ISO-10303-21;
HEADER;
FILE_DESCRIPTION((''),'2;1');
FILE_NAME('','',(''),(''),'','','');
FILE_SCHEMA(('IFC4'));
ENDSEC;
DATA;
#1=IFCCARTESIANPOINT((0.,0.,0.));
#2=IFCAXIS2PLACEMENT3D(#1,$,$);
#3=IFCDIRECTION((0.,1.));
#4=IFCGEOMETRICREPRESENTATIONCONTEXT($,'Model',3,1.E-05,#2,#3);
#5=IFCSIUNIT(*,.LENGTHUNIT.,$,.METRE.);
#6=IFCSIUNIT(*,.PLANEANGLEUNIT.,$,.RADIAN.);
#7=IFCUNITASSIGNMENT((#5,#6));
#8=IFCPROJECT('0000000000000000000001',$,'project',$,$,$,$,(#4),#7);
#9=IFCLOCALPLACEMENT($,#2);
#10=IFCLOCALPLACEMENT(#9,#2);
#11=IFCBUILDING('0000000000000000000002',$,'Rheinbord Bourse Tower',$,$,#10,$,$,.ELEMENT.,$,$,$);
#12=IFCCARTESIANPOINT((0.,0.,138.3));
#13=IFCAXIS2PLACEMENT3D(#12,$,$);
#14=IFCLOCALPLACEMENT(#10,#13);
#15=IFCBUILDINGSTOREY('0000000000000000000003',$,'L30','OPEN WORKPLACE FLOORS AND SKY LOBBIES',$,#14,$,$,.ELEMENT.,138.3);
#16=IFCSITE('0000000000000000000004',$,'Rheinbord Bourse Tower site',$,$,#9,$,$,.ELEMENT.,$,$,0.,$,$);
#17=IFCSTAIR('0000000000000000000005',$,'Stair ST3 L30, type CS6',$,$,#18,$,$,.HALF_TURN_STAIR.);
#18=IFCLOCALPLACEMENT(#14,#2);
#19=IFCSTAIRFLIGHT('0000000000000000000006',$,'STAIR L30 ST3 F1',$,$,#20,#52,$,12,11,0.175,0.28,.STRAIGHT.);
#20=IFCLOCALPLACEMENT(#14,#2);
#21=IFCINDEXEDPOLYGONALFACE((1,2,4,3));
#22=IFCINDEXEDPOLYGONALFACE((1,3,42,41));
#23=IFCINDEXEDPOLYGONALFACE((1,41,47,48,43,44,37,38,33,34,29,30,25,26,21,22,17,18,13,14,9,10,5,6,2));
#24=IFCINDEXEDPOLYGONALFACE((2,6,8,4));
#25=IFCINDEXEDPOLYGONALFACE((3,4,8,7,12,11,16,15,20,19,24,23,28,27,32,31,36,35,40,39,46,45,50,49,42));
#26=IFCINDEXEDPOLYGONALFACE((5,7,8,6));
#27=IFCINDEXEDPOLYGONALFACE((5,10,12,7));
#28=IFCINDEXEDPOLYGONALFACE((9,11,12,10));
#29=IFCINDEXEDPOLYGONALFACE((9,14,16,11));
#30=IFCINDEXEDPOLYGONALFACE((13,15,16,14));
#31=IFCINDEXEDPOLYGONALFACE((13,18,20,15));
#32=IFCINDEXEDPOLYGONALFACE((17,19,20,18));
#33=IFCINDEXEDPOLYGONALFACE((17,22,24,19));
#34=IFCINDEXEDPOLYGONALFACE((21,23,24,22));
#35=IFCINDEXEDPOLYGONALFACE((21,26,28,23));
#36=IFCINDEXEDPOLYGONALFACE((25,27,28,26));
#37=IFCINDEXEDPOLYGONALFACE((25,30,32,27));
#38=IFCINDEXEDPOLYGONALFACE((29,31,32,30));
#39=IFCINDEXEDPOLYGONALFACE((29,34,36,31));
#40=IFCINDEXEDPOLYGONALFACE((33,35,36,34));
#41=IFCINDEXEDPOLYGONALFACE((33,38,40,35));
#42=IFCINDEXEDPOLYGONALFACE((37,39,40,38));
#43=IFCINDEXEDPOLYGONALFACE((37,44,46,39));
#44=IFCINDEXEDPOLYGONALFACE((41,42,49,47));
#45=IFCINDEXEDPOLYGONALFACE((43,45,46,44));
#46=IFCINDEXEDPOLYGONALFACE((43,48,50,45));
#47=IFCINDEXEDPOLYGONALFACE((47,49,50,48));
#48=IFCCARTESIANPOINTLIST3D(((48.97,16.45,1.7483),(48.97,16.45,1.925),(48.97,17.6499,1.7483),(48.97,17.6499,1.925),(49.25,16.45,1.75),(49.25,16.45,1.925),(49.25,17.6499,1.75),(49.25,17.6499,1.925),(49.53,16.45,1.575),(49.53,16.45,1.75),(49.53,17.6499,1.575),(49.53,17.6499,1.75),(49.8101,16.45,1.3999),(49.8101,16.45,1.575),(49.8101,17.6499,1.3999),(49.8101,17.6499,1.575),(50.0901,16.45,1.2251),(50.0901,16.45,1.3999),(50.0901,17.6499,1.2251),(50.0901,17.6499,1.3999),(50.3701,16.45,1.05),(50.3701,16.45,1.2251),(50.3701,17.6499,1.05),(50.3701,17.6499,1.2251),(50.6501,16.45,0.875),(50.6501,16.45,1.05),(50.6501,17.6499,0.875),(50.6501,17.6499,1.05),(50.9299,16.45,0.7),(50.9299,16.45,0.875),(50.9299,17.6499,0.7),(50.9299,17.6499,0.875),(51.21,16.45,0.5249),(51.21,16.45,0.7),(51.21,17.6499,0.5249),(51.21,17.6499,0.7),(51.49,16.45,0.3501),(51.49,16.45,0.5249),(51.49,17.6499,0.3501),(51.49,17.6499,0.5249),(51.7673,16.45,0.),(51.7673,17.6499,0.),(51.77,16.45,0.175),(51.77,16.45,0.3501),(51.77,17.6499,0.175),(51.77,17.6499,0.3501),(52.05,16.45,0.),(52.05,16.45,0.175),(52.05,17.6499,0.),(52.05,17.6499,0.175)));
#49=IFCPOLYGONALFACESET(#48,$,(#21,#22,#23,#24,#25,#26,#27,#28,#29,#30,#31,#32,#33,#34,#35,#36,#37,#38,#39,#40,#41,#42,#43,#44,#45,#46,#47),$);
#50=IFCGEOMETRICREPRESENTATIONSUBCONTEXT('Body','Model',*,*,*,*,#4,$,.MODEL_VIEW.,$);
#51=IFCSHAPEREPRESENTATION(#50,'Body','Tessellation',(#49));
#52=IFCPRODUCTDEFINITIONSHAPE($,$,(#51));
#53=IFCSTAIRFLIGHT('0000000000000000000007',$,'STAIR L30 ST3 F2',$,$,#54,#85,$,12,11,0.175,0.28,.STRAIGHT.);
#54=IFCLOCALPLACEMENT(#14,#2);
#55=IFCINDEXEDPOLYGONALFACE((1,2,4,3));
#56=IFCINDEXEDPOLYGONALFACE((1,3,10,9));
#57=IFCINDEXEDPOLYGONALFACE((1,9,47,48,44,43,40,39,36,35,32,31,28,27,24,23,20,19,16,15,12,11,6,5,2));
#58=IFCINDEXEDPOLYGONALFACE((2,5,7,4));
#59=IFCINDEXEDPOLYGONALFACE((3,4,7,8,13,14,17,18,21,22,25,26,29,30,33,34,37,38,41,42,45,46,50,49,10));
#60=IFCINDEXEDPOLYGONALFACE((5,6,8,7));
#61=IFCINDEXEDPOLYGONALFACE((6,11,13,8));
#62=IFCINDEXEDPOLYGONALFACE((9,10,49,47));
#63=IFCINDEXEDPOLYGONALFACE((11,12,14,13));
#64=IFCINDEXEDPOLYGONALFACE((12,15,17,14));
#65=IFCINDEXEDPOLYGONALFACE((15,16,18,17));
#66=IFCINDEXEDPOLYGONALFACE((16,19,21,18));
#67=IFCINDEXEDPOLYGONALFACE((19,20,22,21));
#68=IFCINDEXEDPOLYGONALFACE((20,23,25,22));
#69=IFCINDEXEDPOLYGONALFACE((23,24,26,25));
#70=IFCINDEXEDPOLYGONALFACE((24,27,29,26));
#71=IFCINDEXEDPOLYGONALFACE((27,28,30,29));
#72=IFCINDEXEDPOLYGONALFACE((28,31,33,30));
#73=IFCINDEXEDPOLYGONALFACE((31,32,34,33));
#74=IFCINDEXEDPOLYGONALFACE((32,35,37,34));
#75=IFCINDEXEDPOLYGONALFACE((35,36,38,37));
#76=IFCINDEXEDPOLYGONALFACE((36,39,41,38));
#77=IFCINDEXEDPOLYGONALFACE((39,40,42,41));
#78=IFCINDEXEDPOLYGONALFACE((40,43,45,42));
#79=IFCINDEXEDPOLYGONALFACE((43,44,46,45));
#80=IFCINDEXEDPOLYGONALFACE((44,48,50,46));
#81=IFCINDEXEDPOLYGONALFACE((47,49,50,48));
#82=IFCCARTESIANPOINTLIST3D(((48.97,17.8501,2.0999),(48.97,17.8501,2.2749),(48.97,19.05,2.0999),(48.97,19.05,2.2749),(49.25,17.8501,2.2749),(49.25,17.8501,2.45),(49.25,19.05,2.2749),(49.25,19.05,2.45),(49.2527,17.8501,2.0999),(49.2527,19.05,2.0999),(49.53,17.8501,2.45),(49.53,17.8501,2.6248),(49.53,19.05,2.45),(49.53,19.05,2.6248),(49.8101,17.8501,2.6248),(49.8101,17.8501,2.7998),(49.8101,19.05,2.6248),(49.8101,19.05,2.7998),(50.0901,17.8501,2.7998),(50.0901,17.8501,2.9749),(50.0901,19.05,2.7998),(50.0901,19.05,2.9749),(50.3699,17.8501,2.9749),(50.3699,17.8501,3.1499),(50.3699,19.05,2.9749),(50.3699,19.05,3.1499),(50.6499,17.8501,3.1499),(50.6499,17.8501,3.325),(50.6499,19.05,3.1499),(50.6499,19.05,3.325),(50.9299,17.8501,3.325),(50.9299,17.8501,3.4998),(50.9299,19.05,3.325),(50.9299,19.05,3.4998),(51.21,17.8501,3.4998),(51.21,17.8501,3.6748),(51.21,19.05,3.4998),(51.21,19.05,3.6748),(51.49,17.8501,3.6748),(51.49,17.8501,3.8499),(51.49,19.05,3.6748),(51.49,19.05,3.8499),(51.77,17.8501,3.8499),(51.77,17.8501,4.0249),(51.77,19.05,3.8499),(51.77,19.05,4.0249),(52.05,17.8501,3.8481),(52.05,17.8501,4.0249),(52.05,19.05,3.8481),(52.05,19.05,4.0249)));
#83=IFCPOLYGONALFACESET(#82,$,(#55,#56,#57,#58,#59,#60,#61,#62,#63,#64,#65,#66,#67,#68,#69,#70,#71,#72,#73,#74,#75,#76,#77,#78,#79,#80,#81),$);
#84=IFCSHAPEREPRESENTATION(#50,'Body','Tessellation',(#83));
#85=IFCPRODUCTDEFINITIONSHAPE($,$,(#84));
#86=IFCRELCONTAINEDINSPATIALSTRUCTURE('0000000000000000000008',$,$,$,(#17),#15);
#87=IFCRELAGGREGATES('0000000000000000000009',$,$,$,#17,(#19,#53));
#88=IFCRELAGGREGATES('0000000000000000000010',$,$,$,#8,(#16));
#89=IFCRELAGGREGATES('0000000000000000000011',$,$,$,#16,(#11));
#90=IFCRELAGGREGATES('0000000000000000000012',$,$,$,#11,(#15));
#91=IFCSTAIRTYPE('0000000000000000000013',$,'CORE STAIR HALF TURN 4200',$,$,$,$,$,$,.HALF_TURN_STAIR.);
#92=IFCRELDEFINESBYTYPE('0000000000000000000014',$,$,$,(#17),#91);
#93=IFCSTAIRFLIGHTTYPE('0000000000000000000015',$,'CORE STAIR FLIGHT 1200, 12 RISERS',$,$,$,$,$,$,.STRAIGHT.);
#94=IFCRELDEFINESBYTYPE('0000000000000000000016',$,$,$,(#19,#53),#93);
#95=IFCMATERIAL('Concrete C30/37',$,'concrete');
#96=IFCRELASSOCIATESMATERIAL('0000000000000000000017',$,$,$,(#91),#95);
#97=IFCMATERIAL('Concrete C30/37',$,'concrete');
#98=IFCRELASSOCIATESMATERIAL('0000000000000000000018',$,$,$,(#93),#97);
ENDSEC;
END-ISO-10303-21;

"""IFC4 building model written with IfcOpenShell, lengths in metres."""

from ifc_helpers import new_model, si_unit, direction, frame, origin, place, context, subcontext, project, spatial, polyline, outline, extrude, material, type_object, element, aggregate, save


model = new_model("IFC4")

# Units and contexts
model_context = context("Model", 3, precision=1e-05, world=origin(), true_north=direction((0.0, 1.0)))
body_context = subcontext(model_context, "Body", "Model", "MODEL_VIEW")
ifc_project = project(units=[si_unit("LENGTHUNIT", "METRE"), si_unit("PLANEANGLEUNIT", "RADIAN")], contexts=[model_context])

# Site, building, storey
site_placement = place(None, origin())
site = spatial("IfcSite", under=ifc_project, at=site_placement, Name="Rheinbord Bourse Tower site", CompositionType="ELEMENT", RefElevation=0.0)
building_placement = place(site_placement, origin())
building = spatial("IfcBuilding", under=site, at=building_placement, Name="Rheinbord Bourse Tower", CompositionType="ELEMENT")
storey_placement = place(building_placement, frame((0.0, 0.0, 138.3)))
storey = spatial("IfcBuildingStorey", under=building, at=storey_placement, Name="L30", Description="OPEN WORKPLACE FLOORS AND SKY LOBBIES", CompositionType="ELEMENT", Elevation=138.3)

# Stair, stair flights
ifc_material_1 = material(Name="Concrete C30/37", Category="concrete")
stair_type = type_object("IfcStairType", Name="CORE STAIR HALF TURN 4200", PredefinedType="HALF_TURN_STAIR", material=ifc_material_1)
stair_placement = place(storey_placement, origin())
stair = element("IfcStair", 1, at=stair_placement, inside=storey, type_object=stair_type, Name="Stair ST3 L30, type CS6", PredefinedType="HALF_TURN_STAIR")
ifc_material_2 = material(Name="Concrete C30/37", Category="concrete")
stair_flight_type = type_object("IfcStairFlightType", Name="CORE STAIR FLIGHT 1200, 12 RISERS", PredefinedType="STRAIGHT", material=ifc_material_2)
stair_flight_1_placement = place(storey_placement, frame((52.05, 17.05, 0.0), z_axis=(0.0, 0.0, 1.0), x_axis=(-1.0, 0.0, 0.0)))
stair_flight_1 = element("IfcStairFlight", 2, at=stair_flight_1_placement, type_object=stair_flight_type, Name="STAIR L30 ST3 F1", NumberOfRisers=12, NumberOfTreads=11, PredefinedType="STRAIGHT", RiserHeight=0.175, TreadLength=0.28, context=body_context, shape_type="SweptSolid", body=[
    extrude(outline(polyline([(0.0, 0.0), (0.0, 0.175), (0.28, 0.175), (0.28, 0.3501), (0.5601, 0.3501), (0.5601, 0.5249), (0.8401, 0.5249), (0.8401, 0.7), (1.1201, 0.7), (1.1201, 0.875), (1.3999, 0.875), (1.3999, 1.05), (1.6799, 1.05), (1.6799, 1.2251), (1.96, 1.2251), (1.96, 1.3999), (2.24, 1.3999), (2.24, 1.575), (2.52, 1.575), (2.52, 1.75), (2.8, 1.75), (2.8, 1.925), (3.0801, 1.925), (3.0801, 2.1001), (3.0801, 1.7483), (0.2827, 0.0), (0.0, 0.0)])), frame((0.0, 0.6001, 0.0), z_axis=(0.0, -1.0, 0.0), x_axis=(1.0, 0.0, 0.0)), (0.0, 0.0, 1.0), 1.2),
])
stair_flight_2_placement = place(storey_placement, frame((48.97, 18.45, 2.0999), z_axis=(0.0, 0.0, 1.0), x_axis=(1.0, 0.0, 0.0)))
stair_flight_2 = element("IfcStairFlight", 3, at=stair_flight_2_placement, type_object=stair_flight_type, Name="STAIR L30 ST3 F2", NumberOfRisers=12, NumberOfTreads=11, PredefinedType="STRAIGHT", RiserHeight=0.175, TreadLength=0.28, context=body_context, shape_type="SweptSolid", body=[
    extrude(outline(polyline([(0.0, 0.0), (0.0, 0.175), (0.28, 0.175), (0.28, 0.3501), (0.5601, 0.3501), (0.5601, 0.5249), (0.8401, 0.5249), (0.8401, 0.7), (1.1201, 0.7), (1.1201, 0.875), (1.3999, 0.875), (1.3999, 1.05), (1.6799, 1.05), (1.6799, 1.2251), (1.96, 1.2251), (1.96, 1.3999), (2.24, 1.3999), (2.24, 1.575), (2.52, 1.575), (2.52, 1.75), (2.8, 1.75), (2.8, 1.925), (3.0801, 1.925), (3.0801, 2.1001), (3.0801, 1.7483), (0.2827, 0.0), (0.0, 0.0)])), frame((0.0, 0.6001, 0.0), z_axis=(0.0, -1.0, 0.0), x_axis=(1.0, 0.0, 0.0)), (0.0, 0.0, 1.0), 1.2),
])
aggregate(stair, [stair_flight_1, stair_flight_2])

save(model, "model.ifc")
